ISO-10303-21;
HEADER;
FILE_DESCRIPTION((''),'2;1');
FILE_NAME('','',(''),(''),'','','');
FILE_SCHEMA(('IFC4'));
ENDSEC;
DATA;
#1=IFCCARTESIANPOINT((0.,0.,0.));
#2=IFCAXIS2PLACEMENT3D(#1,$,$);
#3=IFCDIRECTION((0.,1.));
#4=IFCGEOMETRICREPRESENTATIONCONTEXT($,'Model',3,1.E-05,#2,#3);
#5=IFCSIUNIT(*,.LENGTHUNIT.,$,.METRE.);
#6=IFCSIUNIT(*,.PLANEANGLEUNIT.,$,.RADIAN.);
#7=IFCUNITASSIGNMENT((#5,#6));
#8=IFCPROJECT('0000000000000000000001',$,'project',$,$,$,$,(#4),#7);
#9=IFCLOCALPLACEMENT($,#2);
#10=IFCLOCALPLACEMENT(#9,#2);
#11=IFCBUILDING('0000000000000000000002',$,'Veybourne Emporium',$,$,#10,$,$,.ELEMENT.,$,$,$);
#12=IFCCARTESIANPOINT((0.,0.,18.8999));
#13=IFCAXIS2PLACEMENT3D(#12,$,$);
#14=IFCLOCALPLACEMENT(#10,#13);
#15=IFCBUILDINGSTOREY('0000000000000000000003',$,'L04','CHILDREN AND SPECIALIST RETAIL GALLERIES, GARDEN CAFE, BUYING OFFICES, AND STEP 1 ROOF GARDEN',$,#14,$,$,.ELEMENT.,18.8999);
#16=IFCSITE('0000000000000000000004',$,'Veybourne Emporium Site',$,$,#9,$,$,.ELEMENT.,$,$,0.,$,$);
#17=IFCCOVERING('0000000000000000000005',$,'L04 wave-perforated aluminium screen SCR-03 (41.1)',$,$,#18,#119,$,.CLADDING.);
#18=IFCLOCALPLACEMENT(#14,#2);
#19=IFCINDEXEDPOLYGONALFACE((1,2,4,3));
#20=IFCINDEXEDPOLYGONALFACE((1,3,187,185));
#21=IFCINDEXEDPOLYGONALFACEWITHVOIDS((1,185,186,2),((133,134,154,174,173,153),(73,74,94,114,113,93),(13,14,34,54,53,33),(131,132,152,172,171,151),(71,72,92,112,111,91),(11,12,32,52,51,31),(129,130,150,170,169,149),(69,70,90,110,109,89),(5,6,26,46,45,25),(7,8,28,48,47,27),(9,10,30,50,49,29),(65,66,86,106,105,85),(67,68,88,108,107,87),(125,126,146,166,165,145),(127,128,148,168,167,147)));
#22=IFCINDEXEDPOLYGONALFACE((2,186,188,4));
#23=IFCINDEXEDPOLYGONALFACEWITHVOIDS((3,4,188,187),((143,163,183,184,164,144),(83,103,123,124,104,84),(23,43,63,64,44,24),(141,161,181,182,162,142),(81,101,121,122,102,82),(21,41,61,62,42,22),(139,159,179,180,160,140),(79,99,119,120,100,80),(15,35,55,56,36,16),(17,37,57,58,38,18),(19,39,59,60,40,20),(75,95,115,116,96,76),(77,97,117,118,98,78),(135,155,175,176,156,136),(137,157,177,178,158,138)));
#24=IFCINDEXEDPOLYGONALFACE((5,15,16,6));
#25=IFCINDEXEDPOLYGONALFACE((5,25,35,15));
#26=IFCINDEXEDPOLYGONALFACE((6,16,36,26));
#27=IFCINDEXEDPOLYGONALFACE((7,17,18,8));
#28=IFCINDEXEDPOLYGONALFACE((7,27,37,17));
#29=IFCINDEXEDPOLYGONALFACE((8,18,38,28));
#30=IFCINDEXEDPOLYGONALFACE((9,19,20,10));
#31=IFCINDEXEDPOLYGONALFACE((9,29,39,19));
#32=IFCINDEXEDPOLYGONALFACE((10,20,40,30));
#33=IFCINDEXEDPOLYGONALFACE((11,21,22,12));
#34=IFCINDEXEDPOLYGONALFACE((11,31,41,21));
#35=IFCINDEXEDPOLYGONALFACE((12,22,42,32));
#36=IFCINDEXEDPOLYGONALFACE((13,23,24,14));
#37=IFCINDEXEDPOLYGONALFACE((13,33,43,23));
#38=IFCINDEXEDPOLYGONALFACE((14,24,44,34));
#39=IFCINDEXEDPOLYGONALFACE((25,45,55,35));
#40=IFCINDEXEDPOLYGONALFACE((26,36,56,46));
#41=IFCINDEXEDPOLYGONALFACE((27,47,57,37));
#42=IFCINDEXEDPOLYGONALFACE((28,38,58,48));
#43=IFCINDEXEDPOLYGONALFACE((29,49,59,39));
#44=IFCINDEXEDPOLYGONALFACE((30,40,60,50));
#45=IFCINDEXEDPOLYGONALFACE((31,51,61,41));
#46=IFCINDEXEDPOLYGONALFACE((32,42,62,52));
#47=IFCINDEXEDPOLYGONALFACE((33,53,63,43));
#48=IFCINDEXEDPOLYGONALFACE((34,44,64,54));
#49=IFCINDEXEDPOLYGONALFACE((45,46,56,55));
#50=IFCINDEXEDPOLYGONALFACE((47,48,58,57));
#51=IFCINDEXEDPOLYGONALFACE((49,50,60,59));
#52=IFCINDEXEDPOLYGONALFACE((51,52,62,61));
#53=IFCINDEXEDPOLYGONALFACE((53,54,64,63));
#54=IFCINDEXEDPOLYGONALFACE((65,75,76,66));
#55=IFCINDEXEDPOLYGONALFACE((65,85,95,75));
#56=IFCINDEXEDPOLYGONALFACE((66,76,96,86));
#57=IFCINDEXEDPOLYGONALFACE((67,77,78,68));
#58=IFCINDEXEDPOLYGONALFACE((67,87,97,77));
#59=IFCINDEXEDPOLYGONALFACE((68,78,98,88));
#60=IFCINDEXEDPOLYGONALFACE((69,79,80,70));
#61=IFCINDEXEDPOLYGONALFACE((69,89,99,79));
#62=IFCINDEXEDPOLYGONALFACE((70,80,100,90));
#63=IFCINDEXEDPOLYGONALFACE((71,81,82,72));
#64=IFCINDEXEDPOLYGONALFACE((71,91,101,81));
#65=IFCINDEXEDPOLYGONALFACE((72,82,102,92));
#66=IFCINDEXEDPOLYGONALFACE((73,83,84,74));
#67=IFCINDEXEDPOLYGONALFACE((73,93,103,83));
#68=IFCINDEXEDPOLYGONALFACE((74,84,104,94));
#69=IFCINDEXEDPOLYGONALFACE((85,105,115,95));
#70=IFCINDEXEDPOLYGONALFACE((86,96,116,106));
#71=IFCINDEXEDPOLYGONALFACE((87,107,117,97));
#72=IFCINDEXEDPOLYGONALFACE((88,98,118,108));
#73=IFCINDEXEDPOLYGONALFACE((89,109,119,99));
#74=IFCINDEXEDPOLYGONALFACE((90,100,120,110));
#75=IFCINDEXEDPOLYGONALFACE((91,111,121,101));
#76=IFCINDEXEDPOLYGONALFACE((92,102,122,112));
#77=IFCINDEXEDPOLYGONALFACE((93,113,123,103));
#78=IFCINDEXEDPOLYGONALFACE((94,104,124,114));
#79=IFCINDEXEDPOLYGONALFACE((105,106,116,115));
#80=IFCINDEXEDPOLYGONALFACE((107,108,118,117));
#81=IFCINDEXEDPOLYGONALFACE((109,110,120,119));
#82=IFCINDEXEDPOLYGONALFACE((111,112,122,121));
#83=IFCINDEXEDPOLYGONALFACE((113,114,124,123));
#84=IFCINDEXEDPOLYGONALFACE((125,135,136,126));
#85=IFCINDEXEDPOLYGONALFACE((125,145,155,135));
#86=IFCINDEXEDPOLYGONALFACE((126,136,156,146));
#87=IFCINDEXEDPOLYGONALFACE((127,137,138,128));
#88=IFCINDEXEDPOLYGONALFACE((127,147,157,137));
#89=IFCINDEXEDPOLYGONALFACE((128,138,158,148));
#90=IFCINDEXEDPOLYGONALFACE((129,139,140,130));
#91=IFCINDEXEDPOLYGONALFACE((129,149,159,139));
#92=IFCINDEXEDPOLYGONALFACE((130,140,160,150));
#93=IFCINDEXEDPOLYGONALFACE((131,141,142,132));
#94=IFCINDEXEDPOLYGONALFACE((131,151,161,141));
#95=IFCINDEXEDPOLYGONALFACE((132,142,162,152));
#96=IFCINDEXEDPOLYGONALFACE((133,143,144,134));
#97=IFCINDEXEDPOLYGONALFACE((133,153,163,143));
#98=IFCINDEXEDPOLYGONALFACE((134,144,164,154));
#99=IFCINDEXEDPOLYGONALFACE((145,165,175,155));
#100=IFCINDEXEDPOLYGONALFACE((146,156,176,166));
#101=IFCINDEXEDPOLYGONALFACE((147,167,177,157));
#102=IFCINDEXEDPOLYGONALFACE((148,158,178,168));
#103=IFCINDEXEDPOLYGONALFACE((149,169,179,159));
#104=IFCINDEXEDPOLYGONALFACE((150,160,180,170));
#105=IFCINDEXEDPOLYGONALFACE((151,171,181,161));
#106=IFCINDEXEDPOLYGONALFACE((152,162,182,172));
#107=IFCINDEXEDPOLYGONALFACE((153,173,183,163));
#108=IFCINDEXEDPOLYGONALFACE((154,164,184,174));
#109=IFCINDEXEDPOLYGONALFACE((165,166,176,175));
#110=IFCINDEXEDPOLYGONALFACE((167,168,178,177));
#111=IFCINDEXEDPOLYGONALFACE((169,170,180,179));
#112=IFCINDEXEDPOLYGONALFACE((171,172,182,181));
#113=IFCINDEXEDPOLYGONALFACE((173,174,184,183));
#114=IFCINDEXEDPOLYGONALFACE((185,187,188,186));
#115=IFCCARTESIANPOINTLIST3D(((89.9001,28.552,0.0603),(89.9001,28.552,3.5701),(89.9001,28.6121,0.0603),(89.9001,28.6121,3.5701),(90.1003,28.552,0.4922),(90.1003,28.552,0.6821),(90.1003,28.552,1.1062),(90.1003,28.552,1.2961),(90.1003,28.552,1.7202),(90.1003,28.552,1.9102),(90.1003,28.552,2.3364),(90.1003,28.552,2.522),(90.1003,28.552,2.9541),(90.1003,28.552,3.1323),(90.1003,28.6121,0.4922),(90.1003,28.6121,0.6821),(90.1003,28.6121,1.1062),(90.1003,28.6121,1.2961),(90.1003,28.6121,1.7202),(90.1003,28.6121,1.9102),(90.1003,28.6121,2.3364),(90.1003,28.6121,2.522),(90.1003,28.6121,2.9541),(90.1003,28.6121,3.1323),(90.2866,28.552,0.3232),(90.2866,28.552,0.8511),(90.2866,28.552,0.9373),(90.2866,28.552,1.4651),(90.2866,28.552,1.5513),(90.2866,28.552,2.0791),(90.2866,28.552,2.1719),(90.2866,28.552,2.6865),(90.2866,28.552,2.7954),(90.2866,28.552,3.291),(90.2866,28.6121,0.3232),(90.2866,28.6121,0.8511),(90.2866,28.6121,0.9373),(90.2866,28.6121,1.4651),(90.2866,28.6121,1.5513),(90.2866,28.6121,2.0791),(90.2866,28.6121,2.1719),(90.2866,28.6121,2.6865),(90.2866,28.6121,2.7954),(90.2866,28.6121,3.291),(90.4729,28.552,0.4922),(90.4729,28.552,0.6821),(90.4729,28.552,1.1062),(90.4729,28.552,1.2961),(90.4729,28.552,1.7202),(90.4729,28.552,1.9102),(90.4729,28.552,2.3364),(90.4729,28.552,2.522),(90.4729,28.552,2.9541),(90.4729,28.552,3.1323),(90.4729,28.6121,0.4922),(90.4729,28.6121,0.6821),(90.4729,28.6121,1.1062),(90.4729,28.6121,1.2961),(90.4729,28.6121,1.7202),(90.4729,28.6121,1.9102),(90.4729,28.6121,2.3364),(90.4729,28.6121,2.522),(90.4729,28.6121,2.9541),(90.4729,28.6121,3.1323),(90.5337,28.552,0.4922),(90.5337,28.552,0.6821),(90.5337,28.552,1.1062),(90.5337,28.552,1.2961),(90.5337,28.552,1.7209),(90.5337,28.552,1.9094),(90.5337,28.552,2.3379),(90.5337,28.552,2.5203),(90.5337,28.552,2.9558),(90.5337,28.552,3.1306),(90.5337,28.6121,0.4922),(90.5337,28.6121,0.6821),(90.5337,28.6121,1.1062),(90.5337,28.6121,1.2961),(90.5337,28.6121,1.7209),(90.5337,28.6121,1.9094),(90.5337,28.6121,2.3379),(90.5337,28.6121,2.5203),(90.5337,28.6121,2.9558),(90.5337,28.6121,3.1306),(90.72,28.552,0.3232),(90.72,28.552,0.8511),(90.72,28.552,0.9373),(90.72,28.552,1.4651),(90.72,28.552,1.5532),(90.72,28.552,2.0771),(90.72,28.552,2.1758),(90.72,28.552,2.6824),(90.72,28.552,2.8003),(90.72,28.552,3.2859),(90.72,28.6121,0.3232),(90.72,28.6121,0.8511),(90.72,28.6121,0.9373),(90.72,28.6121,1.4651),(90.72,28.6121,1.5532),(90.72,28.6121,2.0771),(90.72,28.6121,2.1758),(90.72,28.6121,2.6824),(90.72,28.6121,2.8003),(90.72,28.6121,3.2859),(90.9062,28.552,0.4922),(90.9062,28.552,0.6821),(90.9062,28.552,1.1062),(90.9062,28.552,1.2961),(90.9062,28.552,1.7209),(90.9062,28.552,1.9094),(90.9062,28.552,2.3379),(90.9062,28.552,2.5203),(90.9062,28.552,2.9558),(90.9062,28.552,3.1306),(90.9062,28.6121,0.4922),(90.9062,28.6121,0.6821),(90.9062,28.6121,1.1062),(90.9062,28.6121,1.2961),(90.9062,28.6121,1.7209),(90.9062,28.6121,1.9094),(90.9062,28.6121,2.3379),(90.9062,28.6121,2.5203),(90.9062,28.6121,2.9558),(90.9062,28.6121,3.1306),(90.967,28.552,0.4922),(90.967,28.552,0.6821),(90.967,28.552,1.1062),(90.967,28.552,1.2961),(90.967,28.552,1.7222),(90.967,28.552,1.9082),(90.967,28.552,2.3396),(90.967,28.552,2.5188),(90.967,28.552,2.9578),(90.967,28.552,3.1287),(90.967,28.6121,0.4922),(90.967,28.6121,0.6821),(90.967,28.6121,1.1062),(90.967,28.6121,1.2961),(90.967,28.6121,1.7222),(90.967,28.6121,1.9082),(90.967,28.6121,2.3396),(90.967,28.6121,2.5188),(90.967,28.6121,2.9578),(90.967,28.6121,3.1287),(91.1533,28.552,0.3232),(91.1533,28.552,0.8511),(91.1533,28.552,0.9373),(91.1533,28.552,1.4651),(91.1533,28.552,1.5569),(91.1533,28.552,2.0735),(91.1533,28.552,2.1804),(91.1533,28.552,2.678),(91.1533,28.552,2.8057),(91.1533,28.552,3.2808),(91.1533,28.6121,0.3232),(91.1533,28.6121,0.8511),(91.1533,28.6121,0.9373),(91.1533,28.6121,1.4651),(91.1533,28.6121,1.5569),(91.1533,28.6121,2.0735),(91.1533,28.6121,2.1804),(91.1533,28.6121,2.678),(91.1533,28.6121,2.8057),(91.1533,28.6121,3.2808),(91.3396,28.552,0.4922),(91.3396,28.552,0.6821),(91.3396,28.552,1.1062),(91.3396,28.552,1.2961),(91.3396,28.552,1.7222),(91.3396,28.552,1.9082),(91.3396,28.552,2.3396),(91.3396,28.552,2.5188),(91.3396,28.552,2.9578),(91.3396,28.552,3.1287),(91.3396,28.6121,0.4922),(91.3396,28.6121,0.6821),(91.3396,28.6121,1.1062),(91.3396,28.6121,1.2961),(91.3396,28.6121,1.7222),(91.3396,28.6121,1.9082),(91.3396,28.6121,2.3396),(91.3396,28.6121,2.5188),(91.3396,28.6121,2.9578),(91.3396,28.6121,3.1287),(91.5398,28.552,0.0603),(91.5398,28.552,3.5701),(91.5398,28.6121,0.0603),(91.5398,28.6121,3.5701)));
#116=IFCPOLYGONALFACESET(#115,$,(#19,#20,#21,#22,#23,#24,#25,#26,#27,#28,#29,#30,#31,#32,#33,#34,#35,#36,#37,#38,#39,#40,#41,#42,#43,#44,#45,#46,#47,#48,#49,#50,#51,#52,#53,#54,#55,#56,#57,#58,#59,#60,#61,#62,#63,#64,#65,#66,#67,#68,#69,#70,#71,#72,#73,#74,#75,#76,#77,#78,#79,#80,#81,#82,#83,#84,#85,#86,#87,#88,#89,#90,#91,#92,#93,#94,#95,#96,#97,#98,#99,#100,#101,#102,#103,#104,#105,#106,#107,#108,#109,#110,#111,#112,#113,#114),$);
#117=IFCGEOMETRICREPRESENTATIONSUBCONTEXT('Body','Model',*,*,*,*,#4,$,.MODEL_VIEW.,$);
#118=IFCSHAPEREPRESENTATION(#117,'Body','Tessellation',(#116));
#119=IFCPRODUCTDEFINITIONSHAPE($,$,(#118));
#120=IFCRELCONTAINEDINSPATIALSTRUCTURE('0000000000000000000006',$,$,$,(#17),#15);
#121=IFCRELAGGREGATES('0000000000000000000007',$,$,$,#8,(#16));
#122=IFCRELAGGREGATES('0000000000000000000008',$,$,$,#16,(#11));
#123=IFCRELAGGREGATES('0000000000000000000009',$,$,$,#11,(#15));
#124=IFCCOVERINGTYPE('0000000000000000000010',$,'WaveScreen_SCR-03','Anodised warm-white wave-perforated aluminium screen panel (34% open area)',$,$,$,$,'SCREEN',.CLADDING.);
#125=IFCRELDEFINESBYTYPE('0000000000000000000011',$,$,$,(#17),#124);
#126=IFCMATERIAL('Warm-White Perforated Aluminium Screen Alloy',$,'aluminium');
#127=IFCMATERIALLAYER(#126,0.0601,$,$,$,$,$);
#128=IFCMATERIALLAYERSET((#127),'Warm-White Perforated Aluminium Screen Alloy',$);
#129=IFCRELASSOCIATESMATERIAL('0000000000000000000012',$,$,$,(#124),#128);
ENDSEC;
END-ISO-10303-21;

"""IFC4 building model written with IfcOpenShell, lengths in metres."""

from ifc_helpers import new_model, si_unit, direction, frame, origin, place, context, subcontext, project, spatial, polyline, outline, extrude, material, layer, layer_set, type_object, element, save


model = new_model("IFC4")

# Units and contexts
model_context = context("Model", 3, precision=1e-05, world=origin(), true_north=direction((0.0, 1.0)))
body_context = subcontext(model_context, "Body", "Model", "MODEL_VIEW")
ifc_project = project(units=[si_unit("LENGTHUNIT", "METRE"), si_unit("PLANEANGLEUNIT", "RADIAN")], contexts=[model_context])

# Site, building, storey
site_placement = place(None, origin())
site = spatial("IfcSite", under=ifc_project, at=site_placement, Name="Veybourne Emporium Site", CompositionType="ELEMENT", RefElevation=0.0)
building_placement = place(site_placement, origin())
building = spatial("IfcBuilding", under=site, at=building_placement, Name="Veybourne Emporium", CompositionType="ELEMENT")
storey_placement = place(building_placement, frame((0.0, 0.0, 18.8999)))
storey = spatial("IfcBuildingStorey", under=building, at=storey_placement, Name="L04", Description="CHILDREN AND SPECIALIST RETAIL GALLERIES, GARDEN CAFE, BUYING OFFICES, AND STEP 1 ROOF GARDEN", CompositionType="ELEMENT", Elevation=18.8999)

# Covering
ifc_material_1 = material(Name="Warm-White Perforated Aluminium Screen Alloy", Category="aluminium")
ifc_layer_1 = layer(ifc_material_1, 0.0601)
ifc_layer_set_1 = layer_set([ifc_layer_1], Name="Warm-White Perforated Aluminium Screen Alloy")
covering_type = type_object("IfcCoveringType", Name="WaveScreen_SCR-03", Description="Anodised warm-white wave-perforated aluminium screen panel (34% open area)", ElementType="SCREEN", PredefinedType="CLADDING", material=ifc_layer_set_1)
covering_placement = place(storey_placement, frame((90.72, 28.552, 1.8152), z_axis=(0.0, 1.0, 0.0), x_axis=(-1.0, 0.0, 0.0)))
element("IfcCovering", 1, at=covering_placement, inside=storey, type_object=covering_type, Name="L04 wave-perforated aluminium screen SCR-03 (41.1)", PredefinedType="CLADDING", context=body_context, shape_type="SweptSolid", body=[
    extrude(outline(polyline([(-0.8198, -1.7549), (0.8198, -1.7549), (0.8198, 1.7549), (-0.8198, 1.7549), (-0.8198, -1.7549)]), holes=[polyline([(-0.4333, -0.9641), (-0.2471, -1.1331), (-0.2471, -1.323), (-0.4333, -1.4919), (-0.6196, -1.323), (-0.6196, -1.1331), (-0.4333, -0.9641)]), polyline([(-0.4333, -0.3501), (-0.2471, -0.519), (-0.2471, -0.709), (-0.4333, -0.8779), (-0.6196, -0.709), (-0.6196, -0.519), (-0.4333, -0.3501)]), polyline([(-0.4333, 0.2583), (-0.2471, 0.093), (-0.2471, -0.093), (-0.4333, -0.2583), (-0.6196, -0.093), (-0.6196, 0.093), (-0.4333, 0.2583)]), polyline([(-0.4333, 0.8628), (-0.2471, 0.7036), (-0.2471, 0.5244), (-0.4333, 0.3652), (-0.6196, 0.5244), (-0.6196, 0.7036), (-0.4333, 0.8628)]), polyline([(-0.4333, 1.4656), (-0.2471, 1.3135), (-0.2471, 1.1426), (-0.4333, 0.9905), (-0.6196, 1.1426), (-0.6196, 1.3135), (-0.4333, 1.4656)]), polyline([(0.0, -0.9641), (0.1863, -1.1331), (0.1863, -1.323), (0.0, -1.4919), (-0.1863, -1.323), (-0.1863, -1.1331), (0.0, -0.9641)]), polyline([(0.0, -0.3501), (0.1863, -0.519), (0.1863, -0.709), (0.0, -0.8779), (-0.1863, -0.709), (-0.1863, -0.519), (0.0, -0.3501)]), polyline([(0.0, 0.262), (0.1863, 0.0942), (0.1863, -0.0942), (0.0, -0.262), (-0.1863, -0.0942), (-0.1863, 0.0942), (0.0, 0.262)]), polyline([(0.0, 0.8672), (0.1863, 0.7051), (0.1863, 0.5227), (0.0, 0.3606), (-0.1863, 0.5227), (-0.1863, 0.7051), (0.0, 0.8672)]), polyline([(0.0, 1.4707), (0.1863, 1.3154), (0.1863, 1.1406), (0.0, 0.9851), (-0.1863, 1.1406), (-0.1863, 1.3154), (0.0, 1.4707)]), polyline([(0.4333, -0.9641), (0.6196, -1.1331), (0.6196, -1.323), (0.4333, -1.4919), (0.2471, -1.323), (0.2471, -1.1331), (0.4333, -0.9641)]), polyline([(0.4333, -0.3501), (0.6196, -0.519), (0.6196, -0.709), (0.4333, -0.8779), (0.2471, -0.709), (0.2471, -0.519), (0.4333, -0.3501)]), polyline([(0.4333, 0.2639), (0.6196, 0.095), (0.6196, -0.095), (0.4333, -0.2639), (0.2471, -0.095), (0.2471, 0.095), (0.4333, 0.2639)]), polyline([(0.4333, 0.8713), (0.6196, 0.7068), (0.6196, 0.5212), (0.4333, 0.3567), (0.2471, 0.5212), (0.2471, 0.7068), (0.4333, 0.8713)]), polyline([(0.4333, 1.4758), (0.6196, 1.3171), (0.6196, 1.1389), (0.4333, 0.9802), (0.2471, 1.1389), (0.2471, 1.3171), (0.4333, 1.4758)])]), origin(), (0.0, 0.0, 1.0), 0.0601),
])

save(model, "model.ifc")
